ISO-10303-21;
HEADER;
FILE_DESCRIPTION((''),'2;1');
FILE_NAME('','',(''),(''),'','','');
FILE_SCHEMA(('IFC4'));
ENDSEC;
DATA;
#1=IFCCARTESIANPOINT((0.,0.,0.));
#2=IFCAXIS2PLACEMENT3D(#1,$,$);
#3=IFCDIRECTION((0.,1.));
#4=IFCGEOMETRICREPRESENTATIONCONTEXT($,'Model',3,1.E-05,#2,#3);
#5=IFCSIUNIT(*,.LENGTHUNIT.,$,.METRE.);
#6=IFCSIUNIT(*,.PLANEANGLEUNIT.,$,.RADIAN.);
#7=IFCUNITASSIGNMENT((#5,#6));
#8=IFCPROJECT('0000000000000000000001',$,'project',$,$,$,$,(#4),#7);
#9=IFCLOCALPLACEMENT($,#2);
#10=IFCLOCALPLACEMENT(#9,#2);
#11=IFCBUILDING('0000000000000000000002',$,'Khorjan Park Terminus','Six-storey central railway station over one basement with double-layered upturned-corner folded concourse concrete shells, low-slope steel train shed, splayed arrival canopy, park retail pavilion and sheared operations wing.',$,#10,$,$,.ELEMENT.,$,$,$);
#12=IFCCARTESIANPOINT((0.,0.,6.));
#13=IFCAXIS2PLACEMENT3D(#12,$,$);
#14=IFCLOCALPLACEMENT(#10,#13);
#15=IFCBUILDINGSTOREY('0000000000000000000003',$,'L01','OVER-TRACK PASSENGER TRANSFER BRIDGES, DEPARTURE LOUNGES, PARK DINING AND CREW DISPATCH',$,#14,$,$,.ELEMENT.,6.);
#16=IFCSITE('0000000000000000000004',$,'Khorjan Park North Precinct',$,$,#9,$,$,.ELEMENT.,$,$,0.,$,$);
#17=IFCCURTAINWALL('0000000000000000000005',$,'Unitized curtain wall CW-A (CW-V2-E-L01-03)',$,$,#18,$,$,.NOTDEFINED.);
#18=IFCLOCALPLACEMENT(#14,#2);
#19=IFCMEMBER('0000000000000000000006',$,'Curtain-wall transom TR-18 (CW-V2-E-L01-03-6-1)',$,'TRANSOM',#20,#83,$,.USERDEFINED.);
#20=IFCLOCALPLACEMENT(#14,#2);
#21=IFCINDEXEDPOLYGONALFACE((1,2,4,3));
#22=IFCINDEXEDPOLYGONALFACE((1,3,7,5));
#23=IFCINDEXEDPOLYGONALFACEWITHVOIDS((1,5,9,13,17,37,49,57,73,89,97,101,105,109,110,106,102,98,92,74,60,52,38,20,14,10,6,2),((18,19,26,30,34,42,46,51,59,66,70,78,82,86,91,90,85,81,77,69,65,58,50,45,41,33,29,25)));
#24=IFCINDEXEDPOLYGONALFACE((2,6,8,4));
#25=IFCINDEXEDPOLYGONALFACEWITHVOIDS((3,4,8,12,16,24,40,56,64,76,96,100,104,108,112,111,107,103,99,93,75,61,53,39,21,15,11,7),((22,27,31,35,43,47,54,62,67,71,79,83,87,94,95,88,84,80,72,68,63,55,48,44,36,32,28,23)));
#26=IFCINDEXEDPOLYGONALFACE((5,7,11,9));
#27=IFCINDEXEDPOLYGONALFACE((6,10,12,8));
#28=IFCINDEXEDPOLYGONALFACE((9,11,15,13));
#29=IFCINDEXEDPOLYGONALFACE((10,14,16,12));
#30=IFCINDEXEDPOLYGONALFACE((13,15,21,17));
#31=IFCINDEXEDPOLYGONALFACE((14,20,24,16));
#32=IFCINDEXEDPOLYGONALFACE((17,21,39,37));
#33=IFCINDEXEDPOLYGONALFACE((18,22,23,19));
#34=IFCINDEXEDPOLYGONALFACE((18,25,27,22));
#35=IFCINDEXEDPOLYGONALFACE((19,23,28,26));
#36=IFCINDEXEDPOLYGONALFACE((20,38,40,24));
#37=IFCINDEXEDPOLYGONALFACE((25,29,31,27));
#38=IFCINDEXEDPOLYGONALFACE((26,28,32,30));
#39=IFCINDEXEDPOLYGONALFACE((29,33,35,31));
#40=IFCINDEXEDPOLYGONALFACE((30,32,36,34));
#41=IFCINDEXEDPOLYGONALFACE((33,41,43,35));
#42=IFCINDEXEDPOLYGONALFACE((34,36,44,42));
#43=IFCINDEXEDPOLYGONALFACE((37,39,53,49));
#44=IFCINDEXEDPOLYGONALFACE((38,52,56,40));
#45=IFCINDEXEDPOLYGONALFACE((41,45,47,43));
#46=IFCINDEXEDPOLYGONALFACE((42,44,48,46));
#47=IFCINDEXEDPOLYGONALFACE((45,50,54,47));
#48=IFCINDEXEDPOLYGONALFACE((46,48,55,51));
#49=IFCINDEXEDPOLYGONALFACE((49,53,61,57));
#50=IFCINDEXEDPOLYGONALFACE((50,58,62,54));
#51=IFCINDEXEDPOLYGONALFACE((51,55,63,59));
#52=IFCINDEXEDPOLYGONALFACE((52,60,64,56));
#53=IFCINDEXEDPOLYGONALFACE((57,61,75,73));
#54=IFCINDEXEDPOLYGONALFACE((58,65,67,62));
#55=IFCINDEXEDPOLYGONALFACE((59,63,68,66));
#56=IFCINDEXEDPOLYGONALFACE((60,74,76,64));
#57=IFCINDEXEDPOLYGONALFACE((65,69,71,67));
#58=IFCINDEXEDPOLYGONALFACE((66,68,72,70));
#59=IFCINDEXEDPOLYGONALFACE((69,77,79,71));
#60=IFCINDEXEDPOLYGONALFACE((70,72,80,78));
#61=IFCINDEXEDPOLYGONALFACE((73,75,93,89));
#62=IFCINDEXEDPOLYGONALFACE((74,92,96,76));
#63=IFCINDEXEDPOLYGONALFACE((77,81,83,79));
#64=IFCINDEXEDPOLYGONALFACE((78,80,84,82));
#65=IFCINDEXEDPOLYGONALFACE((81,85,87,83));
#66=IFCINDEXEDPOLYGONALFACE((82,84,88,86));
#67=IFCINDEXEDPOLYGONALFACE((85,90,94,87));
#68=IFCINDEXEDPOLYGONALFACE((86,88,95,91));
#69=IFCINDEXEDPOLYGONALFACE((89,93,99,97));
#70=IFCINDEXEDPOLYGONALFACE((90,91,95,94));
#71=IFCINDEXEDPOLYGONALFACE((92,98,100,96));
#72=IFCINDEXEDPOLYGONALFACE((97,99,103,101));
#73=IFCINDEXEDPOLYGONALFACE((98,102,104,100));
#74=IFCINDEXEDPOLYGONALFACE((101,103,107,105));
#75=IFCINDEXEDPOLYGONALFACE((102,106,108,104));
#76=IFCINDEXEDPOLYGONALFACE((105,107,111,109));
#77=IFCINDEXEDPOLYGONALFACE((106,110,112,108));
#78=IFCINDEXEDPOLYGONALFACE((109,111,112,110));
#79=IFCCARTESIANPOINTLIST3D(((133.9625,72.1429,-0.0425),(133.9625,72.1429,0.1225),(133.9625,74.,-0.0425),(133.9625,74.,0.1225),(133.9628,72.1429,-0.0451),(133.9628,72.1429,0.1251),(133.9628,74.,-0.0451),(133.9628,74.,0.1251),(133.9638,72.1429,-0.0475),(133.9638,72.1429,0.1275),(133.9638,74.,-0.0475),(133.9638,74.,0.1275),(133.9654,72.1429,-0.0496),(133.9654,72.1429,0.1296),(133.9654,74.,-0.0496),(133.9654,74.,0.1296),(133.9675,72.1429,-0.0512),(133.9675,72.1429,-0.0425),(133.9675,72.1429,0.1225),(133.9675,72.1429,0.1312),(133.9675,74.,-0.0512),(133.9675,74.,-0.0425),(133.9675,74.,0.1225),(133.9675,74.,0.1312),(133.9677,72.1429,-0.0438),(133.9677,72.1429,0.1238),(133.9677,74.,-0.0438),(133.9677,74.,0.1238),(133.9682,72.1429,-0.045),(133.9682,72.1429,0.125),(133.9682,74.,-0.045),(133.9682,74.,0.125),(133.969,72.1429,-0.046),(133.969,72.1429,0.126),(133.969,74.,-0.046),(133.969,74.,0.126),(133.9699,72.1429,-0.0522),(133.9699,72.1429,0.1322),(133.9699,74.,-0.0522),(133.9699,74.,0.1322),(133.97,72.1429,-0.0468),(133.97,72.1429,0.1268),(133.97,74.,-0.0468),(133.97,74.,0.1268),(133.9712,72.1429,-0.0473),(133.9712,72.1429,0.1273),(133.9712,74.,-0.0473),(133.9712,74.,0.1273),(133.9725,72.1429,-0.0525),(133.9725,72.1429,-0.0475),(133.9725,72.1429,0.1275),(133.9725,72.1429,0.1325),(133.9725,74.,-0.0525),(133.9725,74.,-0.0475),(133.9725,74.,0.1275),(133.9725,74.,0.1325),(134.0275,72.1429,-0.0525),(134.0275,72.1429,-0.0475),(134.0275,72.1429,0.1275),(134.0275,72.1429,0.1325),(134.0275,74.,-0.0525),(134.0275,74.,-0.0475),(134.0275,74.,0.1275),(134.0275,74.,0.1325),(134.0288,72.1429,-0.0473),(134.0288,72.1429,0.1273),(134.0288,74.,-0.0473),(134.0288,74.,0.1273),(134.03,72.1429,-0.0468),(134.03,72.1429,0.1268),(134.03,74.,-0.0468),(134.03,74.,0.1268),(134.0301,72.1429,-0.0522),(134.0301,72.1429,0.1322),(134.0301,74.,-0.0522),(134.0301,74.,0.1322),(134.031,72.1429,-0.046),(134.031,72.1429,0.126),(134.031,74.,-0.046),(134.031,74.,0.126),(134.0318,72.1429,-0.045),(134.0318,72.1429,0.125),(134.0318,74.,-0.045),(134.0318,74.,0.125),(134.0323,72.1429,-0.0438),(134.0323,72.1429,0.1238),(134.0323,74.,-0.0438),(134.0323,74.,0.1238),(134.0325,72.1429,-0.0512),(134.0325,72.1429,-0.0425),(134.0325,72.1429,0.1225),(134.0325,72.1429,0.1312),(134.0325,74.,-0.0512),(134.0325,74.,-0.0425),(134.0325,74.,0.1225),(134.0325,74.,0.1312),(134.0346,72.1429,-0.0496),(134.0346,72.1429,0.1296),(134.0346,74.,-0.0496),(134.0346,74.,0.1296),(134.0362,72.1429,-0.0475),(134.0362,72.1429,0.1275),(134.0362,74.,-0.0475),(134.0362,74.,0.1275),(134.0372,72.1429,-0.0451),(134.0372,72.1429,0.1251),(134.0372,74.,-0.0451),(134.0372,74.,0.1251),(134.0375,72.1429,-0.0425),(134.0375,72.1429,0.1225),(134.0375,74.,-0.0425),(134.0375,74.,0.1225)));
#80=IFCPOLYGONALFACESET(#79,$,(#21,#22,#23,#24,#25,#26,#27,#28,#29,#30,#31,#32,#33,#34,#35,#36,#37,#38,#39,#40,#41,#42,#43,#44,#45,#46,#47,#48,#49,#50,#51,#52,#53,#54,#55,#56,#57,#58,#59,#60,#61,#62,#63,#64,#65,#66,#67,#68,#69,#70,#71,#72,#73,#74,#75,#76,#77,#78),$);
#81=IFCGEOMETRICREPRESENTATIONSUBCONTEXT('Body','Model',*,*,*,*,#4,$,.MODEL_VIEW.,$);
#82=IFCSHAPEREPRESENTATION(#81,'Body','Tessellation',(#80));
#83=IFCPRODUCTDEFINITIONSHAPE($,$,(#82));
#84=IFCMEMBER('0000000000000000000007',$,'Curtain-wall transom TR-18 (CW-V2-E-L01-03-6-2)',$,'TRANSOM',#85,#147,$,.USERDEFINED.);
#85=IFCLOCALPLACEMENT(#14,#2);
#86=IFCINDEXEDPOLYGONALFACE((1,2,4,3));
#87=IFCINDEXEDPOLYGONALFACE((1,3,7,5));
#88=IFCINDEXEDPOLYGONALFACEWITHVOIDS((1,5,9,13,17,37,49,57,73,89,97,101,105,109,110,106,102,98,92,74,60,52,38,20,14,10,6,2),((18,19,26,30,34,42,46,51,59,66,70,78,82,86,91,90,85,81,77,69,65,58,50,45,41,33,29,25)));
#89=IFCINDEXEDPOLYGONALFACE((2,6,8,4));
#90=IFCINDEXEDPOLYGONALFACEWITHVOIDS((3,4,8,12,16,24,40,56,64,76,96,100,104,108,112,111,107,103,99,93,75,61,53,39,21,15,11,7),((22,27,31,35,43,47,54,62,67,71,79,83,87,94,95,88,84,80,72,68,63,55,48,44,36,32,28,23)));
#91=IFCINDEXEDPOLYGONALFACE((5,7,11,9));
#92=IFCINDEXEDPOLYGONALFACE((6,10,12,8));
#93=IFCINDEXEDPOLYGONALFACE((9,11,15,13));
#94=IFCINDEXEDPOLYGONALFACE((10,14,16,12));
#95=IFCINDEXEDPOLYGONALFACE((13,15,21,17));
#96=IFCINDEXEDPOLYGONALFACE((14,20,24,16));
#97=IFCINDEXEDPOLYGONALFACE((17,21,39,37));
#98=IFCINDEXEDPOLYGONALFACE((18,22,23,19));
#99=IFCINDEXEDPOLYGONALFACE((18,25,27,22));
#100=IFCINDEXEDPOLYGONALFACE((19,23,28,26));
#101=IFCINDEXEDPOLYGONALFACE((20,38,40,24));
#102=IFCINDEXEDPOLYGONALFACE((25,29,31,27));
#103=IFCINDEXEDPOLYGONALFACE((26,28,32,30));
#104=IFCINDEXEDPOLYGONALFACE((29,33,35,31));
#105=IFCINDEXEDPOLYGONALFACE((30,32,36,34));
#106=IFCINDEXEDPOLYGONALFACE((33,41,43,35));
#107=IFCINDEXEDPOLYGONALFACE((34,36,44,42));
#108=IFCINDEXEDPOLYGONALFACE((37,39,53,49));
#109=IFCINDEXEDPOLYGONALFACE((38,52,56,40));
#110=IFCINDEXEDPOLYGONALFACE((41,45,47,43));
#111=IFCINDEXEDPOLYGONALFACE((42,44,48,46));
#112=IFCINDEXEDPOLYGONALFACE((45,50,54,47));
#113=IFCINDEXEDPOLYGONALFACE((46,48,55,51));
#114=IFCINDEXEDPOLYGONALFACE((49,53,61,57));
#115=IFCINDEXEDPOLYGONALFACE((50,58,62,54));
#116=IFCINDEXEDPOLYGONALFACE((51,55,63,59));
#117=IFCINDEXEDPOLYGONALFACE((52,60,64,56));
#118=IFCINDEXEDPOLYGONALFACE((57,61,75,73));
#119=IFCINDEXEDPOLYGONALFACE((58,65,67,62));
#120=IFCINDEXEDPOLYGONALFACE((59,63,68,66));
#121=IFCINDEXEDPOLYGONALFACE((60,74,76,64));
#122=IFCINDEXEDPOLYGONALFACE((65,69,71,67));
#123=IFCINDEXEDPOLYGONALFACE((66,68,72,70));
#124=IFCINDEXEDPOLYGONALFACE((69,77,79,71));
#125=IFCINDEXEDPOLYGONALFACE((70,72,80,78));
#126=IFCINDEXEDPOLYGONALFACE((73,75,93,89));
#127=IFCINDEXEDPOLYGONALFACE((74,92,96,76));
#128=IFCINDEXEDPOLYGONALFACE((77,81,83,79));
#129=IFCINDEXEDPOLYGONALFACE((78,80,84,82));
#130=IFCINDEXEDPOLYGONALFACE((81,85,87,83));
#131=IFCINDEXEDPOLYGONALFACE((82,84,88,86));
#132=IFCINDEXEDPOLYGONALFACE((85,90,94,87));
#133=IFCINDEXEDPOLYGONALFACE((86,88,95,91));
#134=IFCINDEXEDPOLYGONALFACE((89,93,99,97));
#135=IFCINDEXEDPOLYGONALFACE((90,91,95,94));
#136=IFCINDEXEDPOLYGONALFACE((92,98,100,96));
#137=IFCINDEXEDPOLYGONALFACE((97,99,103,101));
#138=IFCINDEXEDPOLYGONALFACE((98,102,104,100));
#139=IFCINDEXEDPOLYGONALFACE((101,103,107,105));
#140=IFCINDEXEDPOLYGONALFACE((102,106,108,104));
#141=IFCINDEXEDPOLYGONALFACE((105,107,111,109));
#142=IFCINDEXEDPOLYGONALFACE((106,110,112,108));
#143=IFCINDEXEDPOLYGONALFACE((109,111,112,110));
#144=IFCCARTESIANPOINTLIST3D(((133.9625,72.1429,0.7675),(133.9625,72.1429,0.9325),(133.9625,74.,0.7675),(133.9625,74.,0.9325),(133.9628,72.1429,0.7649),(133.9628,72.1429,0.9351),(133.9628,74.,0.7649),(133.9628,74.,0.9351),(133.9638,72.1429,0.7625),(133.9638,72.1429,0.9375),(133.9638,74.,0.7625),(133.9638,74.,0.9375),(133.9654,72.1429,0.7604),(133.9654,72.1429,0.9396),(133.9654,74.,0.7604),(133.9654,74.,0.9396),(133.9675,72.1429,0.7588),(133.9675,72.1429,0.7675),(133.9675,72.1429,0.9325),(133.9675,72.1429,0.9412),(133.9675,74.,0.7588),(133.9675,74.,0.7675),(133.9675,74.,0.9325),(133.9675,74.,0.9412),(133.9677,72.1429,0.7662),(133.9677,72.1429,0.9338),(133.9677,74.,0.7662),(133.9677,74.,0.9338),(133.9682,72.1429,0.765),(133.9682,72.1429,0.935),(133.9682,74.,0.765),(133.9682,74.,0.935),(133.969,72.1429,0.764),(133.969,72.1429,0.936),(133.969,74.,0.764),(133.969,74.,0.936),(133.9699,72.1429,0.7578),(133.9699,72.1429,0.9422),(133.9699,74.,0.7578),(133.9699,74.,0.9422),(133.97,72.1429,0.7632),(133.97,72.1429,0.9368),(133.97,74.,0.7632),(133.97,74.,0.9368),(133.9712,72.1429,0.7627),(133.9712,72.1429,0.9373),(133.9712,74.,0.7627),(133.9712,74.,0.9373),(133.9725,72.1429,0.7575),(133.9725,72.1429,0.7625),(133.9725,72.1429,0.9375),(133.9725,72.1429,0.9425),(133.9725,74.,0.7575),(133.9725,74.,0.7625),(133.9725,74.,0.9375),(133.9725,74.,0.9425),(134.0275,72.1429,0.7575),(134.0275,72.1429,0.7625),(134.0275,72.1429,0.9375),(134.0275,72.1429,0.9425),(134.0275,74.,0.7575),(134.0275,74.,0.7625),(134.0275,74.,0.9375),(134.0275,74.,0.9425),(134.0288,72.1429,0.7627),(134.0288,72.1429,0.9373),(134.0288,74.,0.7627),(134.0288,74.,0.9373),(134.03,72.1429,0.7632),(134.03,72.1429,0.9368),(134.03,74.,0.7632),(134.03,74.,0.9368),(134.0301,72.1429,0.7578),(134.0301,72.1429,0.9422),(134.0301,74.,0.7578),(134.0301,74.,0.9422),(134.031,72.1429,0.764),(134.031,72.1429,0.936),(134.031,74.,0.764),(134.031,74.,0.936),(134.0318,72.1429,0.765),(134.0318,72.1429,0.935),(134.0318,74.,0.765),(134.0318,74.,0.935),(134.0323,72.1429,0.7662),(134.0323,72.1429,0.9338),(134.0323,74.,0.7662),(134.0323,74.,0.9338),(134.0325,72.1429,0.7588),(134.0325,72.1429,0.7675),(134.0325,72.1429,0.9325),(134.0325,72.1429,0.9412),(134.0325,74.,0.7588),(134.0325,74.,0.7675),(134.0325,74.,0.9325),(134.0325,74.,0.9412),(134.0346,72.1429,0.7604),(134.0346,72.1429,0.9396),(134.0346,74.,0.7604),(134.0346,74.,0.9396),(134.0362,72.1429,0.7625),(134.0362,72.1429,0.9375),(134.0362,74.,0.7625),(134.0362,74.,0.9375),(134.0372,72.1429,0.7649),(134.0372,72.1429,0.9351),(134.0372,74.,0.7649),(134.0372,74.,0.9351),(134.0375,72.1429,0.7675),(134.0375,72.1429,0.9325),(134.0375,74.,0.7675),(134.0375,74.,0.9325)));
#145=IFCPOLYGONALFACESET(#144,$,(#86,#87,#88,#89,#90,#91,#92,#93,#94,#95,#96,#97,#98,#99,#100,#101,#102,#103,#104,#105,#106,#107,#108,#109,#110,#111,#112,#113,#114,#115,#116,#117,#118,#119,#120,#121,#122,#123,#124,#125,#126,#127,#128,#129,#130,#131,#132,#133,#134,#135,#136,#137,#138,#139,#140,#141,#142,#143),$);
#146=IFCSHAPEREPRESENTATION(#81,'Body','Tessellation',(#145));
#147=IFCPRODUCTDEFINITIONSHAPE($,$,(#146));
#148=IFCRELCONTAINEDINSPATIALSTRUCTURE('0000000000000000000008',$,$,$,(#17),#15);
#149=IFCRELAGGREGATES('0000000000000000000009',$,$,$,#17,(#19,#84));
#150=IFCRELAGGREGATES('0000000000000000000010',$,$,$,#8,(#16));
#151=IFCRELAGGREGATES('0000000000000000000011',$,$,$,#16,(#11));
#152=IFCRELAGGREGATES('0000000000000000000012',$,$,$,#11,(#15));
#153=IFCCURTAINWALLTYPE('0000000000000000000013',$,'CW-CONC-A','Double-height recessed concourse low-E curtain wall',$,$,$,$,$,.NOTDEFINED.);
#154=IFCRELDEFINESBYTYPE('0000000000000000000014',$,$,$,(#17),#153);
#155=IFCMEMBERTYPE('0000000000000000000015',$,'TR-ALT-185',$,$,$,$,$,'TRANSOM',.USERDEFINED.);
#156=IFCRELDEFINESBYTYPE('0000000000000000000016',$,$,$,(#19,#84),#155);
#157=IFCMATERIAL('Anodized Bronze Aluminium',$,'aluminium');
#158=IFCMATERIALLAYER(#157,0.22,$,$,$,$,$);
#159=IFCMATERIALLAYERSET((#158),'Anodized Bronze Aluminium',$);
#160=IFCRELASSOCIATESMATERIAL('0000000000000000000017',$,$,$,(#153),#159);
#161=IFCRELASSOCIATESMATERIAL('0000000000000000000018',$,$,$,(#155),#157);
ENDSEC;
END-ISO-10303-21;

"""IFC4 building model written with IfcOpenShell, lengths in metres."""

from ifc_helpers import new_model, si_unit, direction, frame, origin, origin_2d, place, context, subcontext, project, spatial, hollow_rectangle, extrude, material, layer, layer_set, material_profile, profile_set, type_object, element, aggregate, save


model = new_model("IFC4")

# Units and contexts
model_context = context("Model", 3, precision=1e-05, world=origin(), true_north=direction((0.0, 1.0)))
body_context = subcontext(model_context, "Body", "Model", "MODEL_VIEW")
ifc_project = project(units=[si_unit("LENGTHUNIT", "METRE"), si_unit("PLANEANGLEUNIT", "RADIAN")], contexts=[model_context])

# Site, building, storey
site_placement = place(None, origin())
site = spatial("IfcSite", under=ifc_project, at=site_placement, Name="Khorjan Park North Precinct", CompositionType="ELEMENT", RefElevation=0.0)
building_placement = place(site_placement, origin())
building = spatial("IfcBuilding", under=site, at=building_placement, Name="Khorjan Park Terminus", Description="Six-storey central railway station over one basement with double-layered upturned-corner folded concourse concrete shells, low-slope steel train shed, splayed arrival canopy, park retail pavilion and sheared operations wing.", CompositionType="ELEMENT")
storey_placement = place(building_placement, frame((0.0, 0.0, 6.0)))
storey = spatial("IfcBuildingStorey", under=building, at=storey_placement, Name="L01", Description="OVER-TRACK PASSENGER TRANSFER BRIDGES, DEPARTURE LOUNGES, PARK DINING AND CREW DISPATCH", CompositionType="ELEMENT", Elevation=6.0)

# Shared definitions
ifc_material_1 = material(Name="Anodized Bronze Aluminium", Category="aluminium")
ifc_layer_1 = layer(ifc_material_1, 0.22)
ifc_layer_set_1 = layer_set([ifc_layer_1], Name="Anodized Bronze Aluminium")
curtain_wall_type = type_object("IfcCurtainWallType", Name="CW-CONC-A", Description="Double-height recessed concourse low-E curtain wall", PredefinedType="NOTDEFINED", material=ifc_layer_set_1)

# Curtain wall
curtain_wall_1_placement = place(storey_placement, origin())
curtain_wall_1 = element("IfcCurtainWall", 1, at=curtain_wall_1_placement, inside=storey, type_object=curtain_wall_type, Name="Unitized curtain wall CW-A (CW-V2-E-L01-03)", PredefinedType="NOTDEFINED")

# Members
ifc_material_profile_1 = material_profile(ifc_material_1, hollow_rectangle(XDim=0.075, YDim=0.185, WallThickness=0.005, InnerFilletRadius=0.005, OuterFilletRadius=0.01, at=origin_2d()), Name="ALT 75x185x5")
ifc_profile_set_1 = profile_set([ifc_material_profile_1], Name="Anodized Bronze Aluminium")
member_type_1 = type_object("IfcMemberType", Name="TR-ALT-185", ElementType="TRANSOM", PredefinedType="USERDEFINED", material=ifc_profile_set_1)
member_1_placement = place(storey_placement, frame((134.0, 72.1429, 0.04), z_axis=(0.0, 1.0, 0.0), x_axis=(-1.0, 0.0, 0.0)))
member_1 = element("IfcMember", 2, at=member_1_placement, type_object=member_type_1, Name="Curtain-wall transom TR-18 (CW-V2-E-L01-03-6-1)", ObjectType="TRANSOM", PredefinedType="USERDEFINED", context=body_context, shape_type="SweptSolid", body=[
    extrude(hollow_rectangle(XDim=0.075, YDim=0.185, WallThickness=0.005, InnerFilletRadius=0.005, OuterFilletRadius=0.01, at=origin_2d()), origin(), (0.0, 0.0, 1.0), 1.8571),
])
member_2_placement = place(storey_placement, frame((134.0, 72.1429, 0.85), z_axis=(0.0, 1.0, 0.0), x_axis=(-1.0, 0.0, 0.0)))
member_2 = element("IfcMember", 3, at=member_2_placement, type_object=member_type_1, Name="Curtain-wall transom TR-18 (CW-V2-E-L01-03-6-2)", ObjectType="TRANSOM", PredefinedType="USERDEFINED", context=body_context, shape_type="SweptSolid", body=[
    extrude(hollow_rectangle(XDim=0.075, YDim=0.185, WallThickness=0.005, InnerFilletRadius=0.005, OuterFilletRadius=0.01, at=origin_2d()), origin(), (0.0, 0.0, 1.0), 1.8571),
])

aggregate(curtain_wall_1, [member_1, member_2])

save(model, "model.ifc")
